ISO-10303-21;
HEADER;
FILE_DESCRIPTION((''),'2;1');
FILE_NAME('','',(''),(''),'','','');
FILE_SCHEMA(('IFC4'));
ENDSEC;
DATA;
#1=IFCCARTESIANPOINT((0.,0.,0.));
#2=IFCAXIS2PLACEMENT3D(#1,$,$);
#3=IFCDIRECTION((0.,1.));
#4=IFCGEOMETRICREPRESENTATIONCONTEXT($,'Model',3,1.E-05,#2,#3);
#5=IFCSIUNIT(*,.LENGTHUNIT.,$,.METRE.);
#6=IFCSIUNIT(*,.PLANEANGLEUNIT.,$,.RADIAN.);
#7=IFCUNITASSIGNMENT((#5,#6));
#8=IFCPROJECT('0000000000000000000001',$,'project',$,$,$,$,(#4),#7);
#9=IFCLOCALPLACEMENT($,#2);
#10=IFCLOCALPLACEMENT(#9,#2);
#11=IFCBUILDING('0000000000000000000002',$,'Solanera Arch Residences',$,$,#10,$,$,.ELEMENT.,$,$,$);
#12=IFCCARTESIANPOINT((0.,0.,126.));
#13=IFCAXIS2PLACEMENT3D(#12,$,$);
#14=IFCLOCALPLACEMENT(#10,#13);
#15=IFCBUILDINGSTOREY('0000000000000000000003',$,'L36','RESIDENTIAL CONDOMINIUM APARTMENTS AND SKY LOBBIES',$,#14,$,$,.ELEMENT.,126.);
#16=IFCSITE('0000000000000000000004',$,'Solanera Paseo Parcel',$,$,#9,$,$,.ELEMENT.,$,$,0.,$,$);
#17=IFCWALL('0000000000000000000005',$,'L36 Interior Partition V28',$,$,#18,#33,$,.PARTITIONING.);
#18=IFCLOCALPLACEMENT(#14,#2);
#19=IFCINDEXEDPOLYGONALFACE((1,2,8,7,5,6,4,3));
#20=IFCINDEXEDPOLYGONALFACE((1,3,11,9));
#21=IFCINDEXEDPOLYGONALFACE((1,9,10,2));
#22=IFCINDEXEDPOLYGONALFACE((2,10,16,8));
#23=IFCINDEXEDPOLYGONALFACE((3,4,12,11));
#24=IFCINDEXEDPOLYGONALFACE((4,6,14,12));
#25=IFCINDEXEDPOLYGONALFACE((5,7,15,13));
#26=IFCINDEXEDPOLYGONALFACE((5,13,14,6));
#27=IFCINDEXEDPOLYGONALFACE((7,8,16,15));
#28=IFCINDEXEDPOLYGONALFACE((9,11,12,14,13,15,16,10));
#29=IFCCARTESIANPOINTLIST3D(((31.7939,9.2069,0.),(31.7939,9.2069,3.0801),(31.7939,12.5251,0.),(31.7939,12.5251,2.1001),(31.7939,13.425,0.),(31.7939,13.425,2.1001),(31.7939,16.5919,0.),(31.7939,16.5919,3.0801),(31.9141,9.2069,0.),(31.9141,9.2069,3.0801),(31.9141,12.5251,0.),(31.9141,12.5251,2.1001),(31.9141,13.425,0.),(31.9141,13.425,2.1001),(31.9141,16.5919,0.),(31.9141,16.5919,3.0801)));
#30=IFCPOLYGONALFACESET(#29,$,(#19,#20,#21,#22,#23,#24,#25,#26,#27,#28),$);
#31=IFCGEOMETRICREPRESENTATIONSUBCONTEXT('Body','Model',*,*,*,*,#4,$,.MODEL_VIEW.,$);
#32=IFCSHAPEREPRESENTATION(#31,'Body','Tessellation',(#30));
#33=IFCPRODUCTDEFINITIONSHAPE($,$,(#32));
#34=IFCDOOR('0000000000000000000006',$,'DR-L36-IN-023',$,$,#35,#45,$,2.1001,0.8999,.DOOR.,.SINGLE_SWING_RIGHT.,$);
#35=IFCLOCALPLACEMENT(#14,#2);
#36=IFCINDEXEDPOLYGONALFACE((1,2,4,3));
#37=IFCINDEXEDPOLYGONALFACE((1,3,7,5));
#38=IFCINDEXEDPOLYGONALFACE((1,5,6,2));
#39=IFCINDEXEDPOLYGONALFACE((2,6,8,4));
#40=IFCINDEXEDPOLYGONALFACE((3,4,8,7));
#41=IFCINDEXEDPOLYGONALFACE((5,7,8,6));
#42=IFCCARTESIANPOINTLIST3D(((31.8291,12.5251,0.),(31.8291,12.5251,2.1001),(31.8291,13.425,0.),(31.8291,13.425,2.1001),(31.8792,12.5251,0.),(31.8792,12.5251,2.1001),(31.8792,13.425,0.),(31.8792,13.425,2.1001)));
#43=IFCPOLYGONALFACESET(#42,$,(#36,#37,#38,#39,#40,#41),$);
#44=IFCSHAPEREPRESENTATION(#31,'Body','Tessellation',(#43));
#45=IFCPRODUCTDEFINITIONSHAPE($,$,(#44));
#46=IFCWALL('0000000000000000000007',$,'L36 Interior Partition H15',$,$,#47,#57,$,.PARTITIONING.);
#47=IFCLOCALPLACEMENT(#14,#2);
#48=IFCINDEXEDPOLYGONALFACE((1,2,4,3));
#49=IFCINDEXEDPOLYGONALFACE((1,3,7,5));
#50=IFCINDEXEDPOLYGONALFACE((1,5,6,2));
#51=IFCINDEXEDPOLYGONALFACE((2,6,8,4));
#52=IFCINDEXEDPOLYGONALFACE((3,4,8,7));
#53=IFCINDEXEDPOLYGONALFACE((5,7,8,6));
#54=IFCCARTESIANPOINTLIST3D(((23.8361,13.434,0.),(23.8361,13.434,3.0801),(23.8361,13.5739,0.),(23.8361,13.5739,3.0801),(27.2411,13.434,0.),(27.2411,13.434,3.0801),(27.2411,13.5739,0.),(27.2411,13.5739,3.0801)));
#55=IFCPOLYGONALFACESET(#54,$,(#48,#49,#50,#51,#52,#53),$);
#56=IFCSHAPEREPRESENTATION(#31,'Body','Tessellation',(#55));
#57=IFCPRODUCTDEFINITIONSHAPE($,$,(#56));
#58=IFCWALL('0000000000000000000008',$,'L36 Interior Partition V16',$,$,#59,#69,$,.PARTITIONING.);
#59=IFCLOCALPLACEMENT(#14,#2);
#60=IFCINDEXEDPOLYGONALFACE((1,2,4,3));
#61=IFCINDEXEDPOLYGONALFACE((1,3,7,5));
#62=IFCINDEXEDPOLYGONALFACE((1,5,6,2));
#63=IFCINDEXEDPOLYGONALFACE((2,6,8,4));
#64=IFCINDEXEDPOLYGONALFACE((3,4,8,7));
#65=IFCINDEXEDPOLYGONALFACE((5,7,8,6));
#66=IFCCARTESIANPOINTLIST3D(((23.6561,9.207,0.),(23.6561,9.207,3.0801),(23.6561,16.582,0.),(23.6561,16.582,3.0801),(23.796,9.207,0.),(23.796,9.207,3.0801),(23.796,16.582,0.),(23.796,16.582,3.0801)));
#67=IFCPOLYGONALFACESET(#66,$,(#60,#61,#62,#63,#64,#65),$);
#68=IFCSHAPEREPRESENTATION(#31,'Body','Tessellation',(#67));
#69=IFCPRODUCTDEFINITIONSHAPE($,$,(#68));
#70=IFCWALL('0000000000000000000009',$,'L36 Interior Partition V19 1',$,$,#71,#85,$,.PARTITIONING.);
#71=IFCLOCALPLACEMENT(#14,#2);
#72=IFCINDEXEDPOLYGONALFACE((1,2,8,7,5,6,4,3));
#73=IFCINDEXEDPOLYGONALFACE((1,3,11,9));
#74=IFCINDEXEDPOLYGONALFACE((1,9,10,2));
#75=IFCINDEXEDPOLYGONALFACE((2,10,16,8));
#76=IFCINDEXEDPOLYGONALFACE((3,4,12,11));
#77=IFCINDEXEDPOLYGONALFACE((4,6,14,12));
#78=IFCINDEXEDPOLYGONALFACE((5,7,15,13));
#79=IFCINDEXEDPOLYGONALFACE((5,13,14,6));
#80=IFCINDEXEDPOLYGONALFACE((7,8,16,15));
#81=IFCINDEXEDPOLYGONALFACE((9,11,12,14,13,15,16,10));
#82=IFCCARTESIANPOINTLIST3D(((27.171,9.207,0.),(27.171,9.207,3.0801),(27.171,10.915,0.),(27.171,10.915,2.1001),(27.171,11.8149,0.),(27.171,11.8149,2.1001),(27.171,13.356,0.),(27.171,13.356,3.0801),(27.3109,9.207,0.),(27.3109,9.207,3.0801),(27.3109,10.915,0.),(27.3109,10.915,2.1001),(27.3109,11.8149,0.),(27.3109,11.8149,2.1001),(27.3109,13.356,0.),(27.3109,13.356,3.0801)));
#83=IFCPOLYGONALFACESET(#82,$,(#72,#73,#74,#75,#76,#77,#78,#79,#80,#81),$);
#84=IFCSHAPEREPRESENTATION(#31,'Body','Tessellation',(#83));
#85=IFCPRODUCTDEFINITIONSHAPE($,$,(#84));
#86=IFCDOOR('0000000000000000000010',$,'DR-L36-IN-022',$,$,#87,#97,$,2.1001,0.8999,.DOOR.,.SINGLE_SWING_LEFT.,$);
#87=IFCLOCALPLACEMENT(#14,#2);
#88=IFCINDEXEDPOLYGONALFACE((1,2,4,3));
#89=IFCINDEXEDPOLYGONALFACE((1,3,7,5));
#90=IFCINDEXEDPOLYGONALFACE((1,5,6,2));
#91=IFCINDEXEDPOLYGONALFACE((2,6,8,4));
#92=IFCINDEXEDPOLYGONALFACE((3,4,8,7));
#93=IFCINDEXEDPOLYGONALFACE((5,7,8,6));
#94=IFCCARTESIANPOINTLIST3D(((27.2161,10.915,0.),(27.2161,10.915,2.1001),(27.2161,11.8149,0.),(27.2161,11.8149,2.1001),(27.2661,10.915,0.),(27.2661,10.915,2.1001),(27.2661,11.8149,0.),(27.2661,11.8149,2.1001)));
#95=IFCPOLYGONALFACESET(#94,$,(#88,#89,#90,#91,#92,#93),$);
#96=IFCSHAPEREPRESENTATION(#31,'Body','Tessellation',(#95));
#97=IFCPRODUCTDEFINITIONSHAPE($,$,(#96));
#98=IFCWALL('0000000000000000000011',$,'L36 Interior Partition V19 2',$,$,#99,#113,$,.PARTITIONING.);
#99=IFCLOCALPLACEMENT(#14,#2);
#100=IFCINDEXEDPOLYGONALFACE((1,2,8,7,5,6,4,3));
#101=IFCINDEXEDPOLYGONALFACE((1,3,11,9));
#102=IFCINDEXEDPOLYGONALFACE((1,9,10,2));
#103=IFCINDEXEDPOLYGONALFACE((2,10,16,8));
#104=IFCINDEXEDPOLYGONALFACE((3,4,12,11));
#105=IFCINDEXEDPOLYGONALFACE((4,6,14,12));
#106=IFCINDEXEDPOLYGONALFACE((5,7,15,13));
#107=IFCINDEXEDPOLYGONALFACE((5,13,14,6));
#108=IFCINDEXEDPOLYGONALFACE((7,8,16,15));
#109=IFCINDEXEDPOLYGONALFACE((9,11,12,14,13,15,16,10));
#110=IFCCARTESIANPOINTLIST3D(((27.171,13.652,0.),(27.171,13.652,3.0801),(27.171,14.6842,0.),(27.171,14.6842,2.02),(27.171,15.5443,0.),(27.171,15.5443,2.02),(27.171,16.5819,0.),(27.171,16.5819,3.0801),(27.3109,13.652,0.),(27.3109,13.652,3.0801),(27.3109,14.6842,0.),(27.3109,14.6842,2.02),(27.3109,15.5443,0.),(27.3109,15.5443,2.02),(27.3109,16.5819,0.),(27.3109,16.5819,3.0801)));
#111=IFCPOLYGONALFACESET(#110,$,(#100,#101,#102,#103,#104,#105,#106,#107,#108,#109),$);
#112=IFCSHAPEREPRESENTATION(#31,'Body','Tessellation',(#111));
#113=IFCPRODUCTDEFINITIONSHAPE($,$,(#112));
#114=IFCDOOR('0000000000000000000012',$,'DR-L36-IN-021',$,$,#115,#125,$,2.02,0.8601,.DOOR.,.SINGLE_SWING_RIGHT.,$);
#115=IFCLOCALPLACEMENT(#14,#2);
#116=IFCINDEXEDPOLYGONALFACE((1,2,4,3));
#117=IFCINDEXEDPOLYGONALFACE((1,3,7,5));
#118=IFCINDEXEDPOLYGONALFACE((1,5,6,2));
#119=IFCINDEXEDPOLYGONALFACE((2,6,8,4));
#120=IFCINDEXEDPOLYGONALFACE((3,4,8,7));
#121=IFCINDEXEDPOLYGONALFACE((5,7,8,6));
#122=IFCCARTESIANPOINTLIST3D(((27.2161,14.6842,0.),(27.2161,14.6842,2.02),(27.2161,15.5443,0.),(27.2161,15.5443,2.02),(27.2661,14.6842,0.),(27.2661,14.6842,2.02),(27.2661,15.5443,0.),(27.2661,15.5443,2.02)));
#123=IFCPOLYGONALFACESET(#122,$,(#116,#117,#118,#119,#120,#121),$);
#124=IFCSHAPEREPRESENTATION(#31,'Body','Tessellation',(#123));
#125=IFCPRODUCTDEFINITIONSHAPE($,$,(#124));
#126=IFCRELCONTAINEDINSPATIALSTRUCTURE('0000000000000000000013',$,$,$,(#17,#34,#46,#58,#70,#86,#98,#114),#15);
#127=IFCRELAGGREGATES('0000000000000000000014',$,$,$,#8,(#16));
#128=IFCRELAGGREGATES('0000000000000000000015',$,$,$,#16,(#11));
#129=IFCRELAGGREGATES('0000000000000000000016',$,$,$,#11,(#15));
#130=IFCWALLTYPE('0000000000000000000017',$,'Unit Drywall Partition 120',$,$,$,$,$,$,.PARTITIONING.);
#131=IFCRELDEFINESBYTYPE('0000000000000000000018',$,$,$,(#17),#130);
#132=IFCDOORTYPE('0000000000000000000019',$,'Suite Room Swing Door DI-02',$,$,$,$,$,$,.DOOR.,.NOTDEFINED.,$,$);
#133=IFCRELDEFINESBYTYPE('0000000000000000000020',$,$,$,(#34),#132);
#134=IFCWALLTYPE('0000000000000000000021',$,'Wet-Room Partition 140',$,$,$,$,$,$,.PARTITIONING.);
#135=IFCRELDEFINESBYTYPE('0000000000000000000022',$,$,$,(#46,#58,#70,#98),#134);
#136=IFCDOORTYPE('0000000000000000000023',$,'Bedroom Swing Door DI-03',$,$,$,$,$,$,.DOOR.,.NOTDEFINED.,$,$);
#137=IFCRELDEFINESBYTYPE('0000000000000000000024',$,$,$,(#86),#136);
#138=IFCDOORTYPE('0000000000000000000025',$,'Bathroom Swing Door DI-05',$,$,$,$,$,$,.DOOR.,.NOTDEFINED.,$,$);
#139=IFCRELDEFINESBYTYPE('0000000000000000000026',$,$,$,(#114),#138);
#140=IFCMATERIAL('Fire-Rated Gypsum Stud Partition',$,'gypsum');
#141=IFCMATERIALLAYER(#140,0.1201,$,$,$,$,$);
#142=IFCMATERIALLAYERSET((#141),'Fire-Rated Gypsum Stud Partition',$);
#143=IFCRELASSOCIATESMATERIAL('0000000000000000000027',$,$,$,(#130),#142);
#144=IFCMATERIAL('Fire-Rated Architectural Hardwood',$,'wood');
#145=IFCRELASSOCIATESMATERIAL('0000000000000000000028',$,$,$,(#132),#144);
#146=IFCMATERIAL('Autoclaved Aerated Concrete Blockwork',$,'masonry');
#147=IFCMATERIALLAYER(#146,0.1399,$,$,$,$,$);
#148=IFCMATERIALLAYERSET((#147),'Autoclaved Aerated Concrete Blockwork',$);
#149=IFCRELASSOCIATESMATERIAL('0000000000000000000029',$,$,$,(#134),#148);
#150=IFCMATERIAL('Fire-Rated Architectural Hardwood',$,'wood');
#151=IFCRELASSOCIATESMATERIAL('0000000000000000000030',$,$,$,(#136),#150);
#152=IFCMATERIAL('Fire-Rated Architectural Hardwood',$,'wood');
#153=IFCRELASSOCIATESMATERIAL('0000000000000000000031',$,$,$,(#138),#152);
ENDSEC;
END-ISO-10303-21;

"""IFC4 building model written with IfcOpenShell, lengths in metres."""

from ifc_helpers import new_model, si_unit, direction, frame, frame_2d, origin, place, context, subcontext, project, spatial, rectangle, extrude, material, layer, layer_set, type_object, element, fill, save


model = new_model("IFC4")

# Units and contexts
model_context = context("Model", 3, precision=1e-05, world=origin(), true_north=direction((0.0, 1.0)))
body_context = subcontext(model_context, "Body", "Model", "MODEL_VIEW")
ifc_project = project(units=[si_unit("LENGTHUNIT", "METRE"), si_unit("PLANEANGLEUNIT", "RADIAN")], contexts=[model_context])

# Site, building, storey
site_placement = place(None, origin())
site = spatial("IfcSite", under=ifc_project, at=site_placement, Name="Solanera Paseo Parcel", CompositionType="ELEMENT", RefElevation=0.0)
building_placement = place(site_placement, origin())
building = spatial("IfcBuilding", under=site, at=building_placement, Name="Solanera Arch Residences", CompositionType="ELEMENT")
storey_placement = place(building_placement, frame((0.0, 0.0, 126.0)))
storey = spatial("IfcBuildingStorey", under=building, at=storey_placement, Name="L36", Description="RESIDENTIAL CONDOMINIUM APARTMENTS AND SKY LOBBIES", CompositionType="ELEMENT", Elevation=126.0)

# Wall, opening, door
ifc_material_1 = material(Name="Fire-Rated Gypsum Stud Partition", Category="gypsum")
ifc_layer_1 = layer(ifc_material_1, 0.1201)
ifc_layer_set_1 = layer_set([ifc_layer_1], Name="Fire-Rated Gypsum Stud Partition")
wall_type_1 = type_object("IfcWallType", Name="Unit Drywall Partition 120", PredefinedType="PARTITIONING", material=ifc_layer_set_1)
wall_1_placement = place(storey_placement, frame((31.854, 9.207, 0.0), z_axis=(0.0, 0.0, 1.0), x_axis=(0.0, 1.0, 0.0)))
wall_1 = element("IfcWall", 1, at=wall_1_placement, inside=storey, type_object=wall_type_1, Name="L36 Interior Partition V28", PredefinedType="PARTITIONING", context=body_context, shape_type="SweptSolid", body=[
    extrude(rectangle(XDim=7.385, YDim=0.1201, at=frame_2d((3.6924, 0.0))), origin(), (0.0, 0.0, 1.0), 3.0801),
])
opening_1_placement = place(wall_1_placement, frame((3.3181, 0.0, 0.0)))
opening_1 = element("IfcOpeningElement", 2, at=opening_1_placement, cuts=wall_1, PredefinedType="OPENING", context=body_context, shape_type="SweptSolid", body=[
    extrude(rectangle(XDim=0.8999, YDim=2.1001, at=frame_2d((0.45, 1.05))), frame((0.0, 0.0701, 0.0), z_axis=(0.0, -1.0, 0.0), x_axis=(1.0, 0.0, 0.0)), (0.0, 0.0, 1.0), 0.1401),
])
ifc_material_2 = material(Name="Fire-Rated Architectural Hardwood", Category="wood")
door_type_1 = type_object("IfcDoorType", Name="Suite Room Swing Door DI-02", OperationType="NOTDEFINED", PredefinedType="DOOR", material=ifc_material_2)
door_1_placement = place(opening_1_placement, origin())
door_1 = element("IfcDoor", 3, at=door_1_placement, inside=storey, type_object=door_type_1, Name="DR-L36-IN-023", OperationType="SINGLE_SWING_RIGHT", OverallHeight=2.1001, OverallWidth=0.8999, PredefinedType="DOOR", context=body_context, shape_type="SweptSolid", body=[
    extrude(rectangle(XDim=0.8999, YDim=2.1001, at=frame_2d((0.45, 1.05))), frame((0.0, 0.0249, 0.0), z_axis=(0.0, -1.0, 0.0), x_axis=(1.0, 0.0, 0.0)), (0.0, 0.0, 1.0), 0.05),
])
fill(opening_1, door_1)

# Walls
ifc_material_3 = material(Name="Autoclaved Aerated Concrete Blockwork", Category="masonry")
ifc_layer_2 = layer(ifc_material_3, 0.1399)
ifc_layer_set_2 = layer_set([ifc_layer_2], Name="Autoclaved Aerated Concrete Blockwork")
wall_type_2 = type_object("IfcWallType", Name="Wet-Room Partition 140", PredefinedType="PARTITIONING", material=ifc_layer_set_2)
wall_2_placement = place(storey_placement, frame((23.8359, 13.5039, 0.0), z_axis=(0.0, 0.0, 1.0), x_axis=(1.0, 0.0, 0.0)))
element("IfcWall", 4, at=wall_2_placement, inside=storey, type_object=wall_type_2, Name="L36 Interior Partition H15", PredefinedType="PARTITIONING", context=body_context, shape_type="SweptSolid", body=[
    extrude(rectangle(XDim=3.405, YDim=0.1399, at=frame_2d((1.7026, 0.0))), origin(), (0.0, 0.0, 1.0), 3.0801),
])
wall_3_placement = place(storey_placement, frame((23.7261, 9.207, 0.0), z_axis=(0.0, 0.0, 1.0), x_axis=(0.0, 1.0, 0.0)))
element("IfcWall", 5, at=wall_3_placement, inside=storey, type_object=wall_type_2, Name="L36 Interior Partition V16", PredefinedType="PARTITIONING", context=body_context, shape_type="SweptSolid", body=[
    extrude(rectangle(XDim=7.375, YDim=0.1399, at=frame_2d((3.6875, 0.0))), origin(), (0.0, 0.0, 1.0), 3.0801),
])

# Walls, openings, doors
wall_4_placement = place(storey_placement, frame((27.241, 9.207, 0.0), z_axis=(0.0, 0.0, 1.0), x_axis=(0.0, 1.0, 0.0)))
wall_4 = element("IfcWall", 6, at=wall_4_placement, inside=storey, type_object=wall_type_2, Name="L36 Interior Partition V19 1", PredefinedType="PARTITIONING", context=body_context, shape_type="SweptSolid", body=[
    extrude(rectangle(XDim=4.1489, YDim=0.1399, at=frame_2d((2.0745, 0.0))), origin(), (0.0, 0.0, 1.0), 3.0801),
])
opening_2_placement = place(wall_4_placement, frame((1.708, 0.0, 0.0)))
opening_2 = element("IfcOpeningElement", 7, at=opening_2_placement, cuts=wall_4, PredefinedType="OPENING", context=body_context, shape_type="SweptSolid", body=[
    extrude(rectangle(XDim=0.8999, YDim=2.1001, at=frame_2d((0.45, 1.05))), frame((0.0, 0.0798, 0.0), z_axis=(0.0, -1.0, 0.0), x_axis=(1.0, 0.0, 0.0)), (0.0, 0.0, 1.0), 0.1599),
])
ifc_material_4 = material(Name="Fire-Rated Architectural Hardwood", Category="wood")
door_type_2 = type_object("IfcDoorType", Name="Bedroom Swing Door DI-03", OperationType="NOTDEFINED", PredefinedType="DOOR", material=ifc_material_4)
door_2_placement = place(opening_2_placement, origin())
door_2 = element("IfcDoor", 8, at=door_2_placement, inside=storey, type_object=door_type_2, Name="DR-L36-IN-022", OperationType="SINGLE_SWING_LEFT", OverallHeight=2.1001, OverallWidth=0.8999, PredefinedType="DOOR", context=body_context, shape_type="SweptSolid", body=[
    extrude(rectangle(XDim=0.8999, YDim=2.1001, at=frame_2d((0.45, 1.05))), frame((0.0, 0.0249, 0.0), z_axis=(0.0, -1.0, 0.0), x_axis=(1.0, 0.0, 0.0)), (0.0, 0.0, 1.0), 0.05),
])
fill(opening_2, door_2)
wall_5_placement = place(storey_placement, frame((27.241, 13.6521, 0.0), z_axis=(0.0, 0.0, 1.0), x_axis=(0.0, 1.0, 0.0)))
wall_5 = element("IfcWall", 9, at=wall_5_placement, inside=storey, type_object=wall_type_2, Name="L36 Interior Partition V19 2", PredefinedType="PARTITIONING", context=body_context, shape_type="SweptSolid", body=[
    extrude(rectangle(XDim=2.9299, YDim=0.1399, at=frame_2d((1.4648, 0.0))), origin(), (0.0, 0.0, 1.0), 3.0801),
])
opening_3_placement = place(wall_5_placement, frame((1.032, 0.0, 0.0)))
opening_3 = element("IfcOpeningElement", 10, at=opening_3_placement, cuts=wall_5, PredefinedType="OPENING", context=body_context, shape_type="SweptSolid", body=[
    extrude(rectangle(XDim=0.8601, YDim=2.02, at=frame_2d((0.4302, 1.01))), frame((0.0, 0.0798, 0.0), z_axis=(0.0, -1.0, 0.0), x_axis=(1.0, 0.0, 0.0)), (0.0, 0.0, 1.0), 0.1599),
])
ifc_material_5 = material(Name="Fire-Rated Architectural Hardwood", Category="wood")
door_type_3 = type_object("IfcDoorType", Name="Bathroom Swing Door DI-05", OperationType="NOTDEFINED", PredefinedType="DOOR", material=ifc_material_5)
door_3_placement = place(opening_3_placement, origin())
door_3 = element("IfcDoor", 11, at=door_3_placement, inside=storey, type_object=door_type_3, Name="DR-L36-IN-021", OperationType="SINGLE_SWING_RIGHT", OverallHeight=2.02, OverallWidth=0.8601, PredefinedType="DOOR", context=body_context, shape_type="SweptSolid", body=[
    extrude(rectangle(XDim=0.8601, YDim=2.02, at=frame_2d((0.4302, 1.01))), frame((0.0, 0.0249, 0.0), z_axis=(0.0, -1.0, 0.0), x_axis=(1.0, 0.0, 0.0)), (0.0, 0.0, 1.0), 0.05),
])
fill(opening_3, door_3)

save(model, "model.ifc")
